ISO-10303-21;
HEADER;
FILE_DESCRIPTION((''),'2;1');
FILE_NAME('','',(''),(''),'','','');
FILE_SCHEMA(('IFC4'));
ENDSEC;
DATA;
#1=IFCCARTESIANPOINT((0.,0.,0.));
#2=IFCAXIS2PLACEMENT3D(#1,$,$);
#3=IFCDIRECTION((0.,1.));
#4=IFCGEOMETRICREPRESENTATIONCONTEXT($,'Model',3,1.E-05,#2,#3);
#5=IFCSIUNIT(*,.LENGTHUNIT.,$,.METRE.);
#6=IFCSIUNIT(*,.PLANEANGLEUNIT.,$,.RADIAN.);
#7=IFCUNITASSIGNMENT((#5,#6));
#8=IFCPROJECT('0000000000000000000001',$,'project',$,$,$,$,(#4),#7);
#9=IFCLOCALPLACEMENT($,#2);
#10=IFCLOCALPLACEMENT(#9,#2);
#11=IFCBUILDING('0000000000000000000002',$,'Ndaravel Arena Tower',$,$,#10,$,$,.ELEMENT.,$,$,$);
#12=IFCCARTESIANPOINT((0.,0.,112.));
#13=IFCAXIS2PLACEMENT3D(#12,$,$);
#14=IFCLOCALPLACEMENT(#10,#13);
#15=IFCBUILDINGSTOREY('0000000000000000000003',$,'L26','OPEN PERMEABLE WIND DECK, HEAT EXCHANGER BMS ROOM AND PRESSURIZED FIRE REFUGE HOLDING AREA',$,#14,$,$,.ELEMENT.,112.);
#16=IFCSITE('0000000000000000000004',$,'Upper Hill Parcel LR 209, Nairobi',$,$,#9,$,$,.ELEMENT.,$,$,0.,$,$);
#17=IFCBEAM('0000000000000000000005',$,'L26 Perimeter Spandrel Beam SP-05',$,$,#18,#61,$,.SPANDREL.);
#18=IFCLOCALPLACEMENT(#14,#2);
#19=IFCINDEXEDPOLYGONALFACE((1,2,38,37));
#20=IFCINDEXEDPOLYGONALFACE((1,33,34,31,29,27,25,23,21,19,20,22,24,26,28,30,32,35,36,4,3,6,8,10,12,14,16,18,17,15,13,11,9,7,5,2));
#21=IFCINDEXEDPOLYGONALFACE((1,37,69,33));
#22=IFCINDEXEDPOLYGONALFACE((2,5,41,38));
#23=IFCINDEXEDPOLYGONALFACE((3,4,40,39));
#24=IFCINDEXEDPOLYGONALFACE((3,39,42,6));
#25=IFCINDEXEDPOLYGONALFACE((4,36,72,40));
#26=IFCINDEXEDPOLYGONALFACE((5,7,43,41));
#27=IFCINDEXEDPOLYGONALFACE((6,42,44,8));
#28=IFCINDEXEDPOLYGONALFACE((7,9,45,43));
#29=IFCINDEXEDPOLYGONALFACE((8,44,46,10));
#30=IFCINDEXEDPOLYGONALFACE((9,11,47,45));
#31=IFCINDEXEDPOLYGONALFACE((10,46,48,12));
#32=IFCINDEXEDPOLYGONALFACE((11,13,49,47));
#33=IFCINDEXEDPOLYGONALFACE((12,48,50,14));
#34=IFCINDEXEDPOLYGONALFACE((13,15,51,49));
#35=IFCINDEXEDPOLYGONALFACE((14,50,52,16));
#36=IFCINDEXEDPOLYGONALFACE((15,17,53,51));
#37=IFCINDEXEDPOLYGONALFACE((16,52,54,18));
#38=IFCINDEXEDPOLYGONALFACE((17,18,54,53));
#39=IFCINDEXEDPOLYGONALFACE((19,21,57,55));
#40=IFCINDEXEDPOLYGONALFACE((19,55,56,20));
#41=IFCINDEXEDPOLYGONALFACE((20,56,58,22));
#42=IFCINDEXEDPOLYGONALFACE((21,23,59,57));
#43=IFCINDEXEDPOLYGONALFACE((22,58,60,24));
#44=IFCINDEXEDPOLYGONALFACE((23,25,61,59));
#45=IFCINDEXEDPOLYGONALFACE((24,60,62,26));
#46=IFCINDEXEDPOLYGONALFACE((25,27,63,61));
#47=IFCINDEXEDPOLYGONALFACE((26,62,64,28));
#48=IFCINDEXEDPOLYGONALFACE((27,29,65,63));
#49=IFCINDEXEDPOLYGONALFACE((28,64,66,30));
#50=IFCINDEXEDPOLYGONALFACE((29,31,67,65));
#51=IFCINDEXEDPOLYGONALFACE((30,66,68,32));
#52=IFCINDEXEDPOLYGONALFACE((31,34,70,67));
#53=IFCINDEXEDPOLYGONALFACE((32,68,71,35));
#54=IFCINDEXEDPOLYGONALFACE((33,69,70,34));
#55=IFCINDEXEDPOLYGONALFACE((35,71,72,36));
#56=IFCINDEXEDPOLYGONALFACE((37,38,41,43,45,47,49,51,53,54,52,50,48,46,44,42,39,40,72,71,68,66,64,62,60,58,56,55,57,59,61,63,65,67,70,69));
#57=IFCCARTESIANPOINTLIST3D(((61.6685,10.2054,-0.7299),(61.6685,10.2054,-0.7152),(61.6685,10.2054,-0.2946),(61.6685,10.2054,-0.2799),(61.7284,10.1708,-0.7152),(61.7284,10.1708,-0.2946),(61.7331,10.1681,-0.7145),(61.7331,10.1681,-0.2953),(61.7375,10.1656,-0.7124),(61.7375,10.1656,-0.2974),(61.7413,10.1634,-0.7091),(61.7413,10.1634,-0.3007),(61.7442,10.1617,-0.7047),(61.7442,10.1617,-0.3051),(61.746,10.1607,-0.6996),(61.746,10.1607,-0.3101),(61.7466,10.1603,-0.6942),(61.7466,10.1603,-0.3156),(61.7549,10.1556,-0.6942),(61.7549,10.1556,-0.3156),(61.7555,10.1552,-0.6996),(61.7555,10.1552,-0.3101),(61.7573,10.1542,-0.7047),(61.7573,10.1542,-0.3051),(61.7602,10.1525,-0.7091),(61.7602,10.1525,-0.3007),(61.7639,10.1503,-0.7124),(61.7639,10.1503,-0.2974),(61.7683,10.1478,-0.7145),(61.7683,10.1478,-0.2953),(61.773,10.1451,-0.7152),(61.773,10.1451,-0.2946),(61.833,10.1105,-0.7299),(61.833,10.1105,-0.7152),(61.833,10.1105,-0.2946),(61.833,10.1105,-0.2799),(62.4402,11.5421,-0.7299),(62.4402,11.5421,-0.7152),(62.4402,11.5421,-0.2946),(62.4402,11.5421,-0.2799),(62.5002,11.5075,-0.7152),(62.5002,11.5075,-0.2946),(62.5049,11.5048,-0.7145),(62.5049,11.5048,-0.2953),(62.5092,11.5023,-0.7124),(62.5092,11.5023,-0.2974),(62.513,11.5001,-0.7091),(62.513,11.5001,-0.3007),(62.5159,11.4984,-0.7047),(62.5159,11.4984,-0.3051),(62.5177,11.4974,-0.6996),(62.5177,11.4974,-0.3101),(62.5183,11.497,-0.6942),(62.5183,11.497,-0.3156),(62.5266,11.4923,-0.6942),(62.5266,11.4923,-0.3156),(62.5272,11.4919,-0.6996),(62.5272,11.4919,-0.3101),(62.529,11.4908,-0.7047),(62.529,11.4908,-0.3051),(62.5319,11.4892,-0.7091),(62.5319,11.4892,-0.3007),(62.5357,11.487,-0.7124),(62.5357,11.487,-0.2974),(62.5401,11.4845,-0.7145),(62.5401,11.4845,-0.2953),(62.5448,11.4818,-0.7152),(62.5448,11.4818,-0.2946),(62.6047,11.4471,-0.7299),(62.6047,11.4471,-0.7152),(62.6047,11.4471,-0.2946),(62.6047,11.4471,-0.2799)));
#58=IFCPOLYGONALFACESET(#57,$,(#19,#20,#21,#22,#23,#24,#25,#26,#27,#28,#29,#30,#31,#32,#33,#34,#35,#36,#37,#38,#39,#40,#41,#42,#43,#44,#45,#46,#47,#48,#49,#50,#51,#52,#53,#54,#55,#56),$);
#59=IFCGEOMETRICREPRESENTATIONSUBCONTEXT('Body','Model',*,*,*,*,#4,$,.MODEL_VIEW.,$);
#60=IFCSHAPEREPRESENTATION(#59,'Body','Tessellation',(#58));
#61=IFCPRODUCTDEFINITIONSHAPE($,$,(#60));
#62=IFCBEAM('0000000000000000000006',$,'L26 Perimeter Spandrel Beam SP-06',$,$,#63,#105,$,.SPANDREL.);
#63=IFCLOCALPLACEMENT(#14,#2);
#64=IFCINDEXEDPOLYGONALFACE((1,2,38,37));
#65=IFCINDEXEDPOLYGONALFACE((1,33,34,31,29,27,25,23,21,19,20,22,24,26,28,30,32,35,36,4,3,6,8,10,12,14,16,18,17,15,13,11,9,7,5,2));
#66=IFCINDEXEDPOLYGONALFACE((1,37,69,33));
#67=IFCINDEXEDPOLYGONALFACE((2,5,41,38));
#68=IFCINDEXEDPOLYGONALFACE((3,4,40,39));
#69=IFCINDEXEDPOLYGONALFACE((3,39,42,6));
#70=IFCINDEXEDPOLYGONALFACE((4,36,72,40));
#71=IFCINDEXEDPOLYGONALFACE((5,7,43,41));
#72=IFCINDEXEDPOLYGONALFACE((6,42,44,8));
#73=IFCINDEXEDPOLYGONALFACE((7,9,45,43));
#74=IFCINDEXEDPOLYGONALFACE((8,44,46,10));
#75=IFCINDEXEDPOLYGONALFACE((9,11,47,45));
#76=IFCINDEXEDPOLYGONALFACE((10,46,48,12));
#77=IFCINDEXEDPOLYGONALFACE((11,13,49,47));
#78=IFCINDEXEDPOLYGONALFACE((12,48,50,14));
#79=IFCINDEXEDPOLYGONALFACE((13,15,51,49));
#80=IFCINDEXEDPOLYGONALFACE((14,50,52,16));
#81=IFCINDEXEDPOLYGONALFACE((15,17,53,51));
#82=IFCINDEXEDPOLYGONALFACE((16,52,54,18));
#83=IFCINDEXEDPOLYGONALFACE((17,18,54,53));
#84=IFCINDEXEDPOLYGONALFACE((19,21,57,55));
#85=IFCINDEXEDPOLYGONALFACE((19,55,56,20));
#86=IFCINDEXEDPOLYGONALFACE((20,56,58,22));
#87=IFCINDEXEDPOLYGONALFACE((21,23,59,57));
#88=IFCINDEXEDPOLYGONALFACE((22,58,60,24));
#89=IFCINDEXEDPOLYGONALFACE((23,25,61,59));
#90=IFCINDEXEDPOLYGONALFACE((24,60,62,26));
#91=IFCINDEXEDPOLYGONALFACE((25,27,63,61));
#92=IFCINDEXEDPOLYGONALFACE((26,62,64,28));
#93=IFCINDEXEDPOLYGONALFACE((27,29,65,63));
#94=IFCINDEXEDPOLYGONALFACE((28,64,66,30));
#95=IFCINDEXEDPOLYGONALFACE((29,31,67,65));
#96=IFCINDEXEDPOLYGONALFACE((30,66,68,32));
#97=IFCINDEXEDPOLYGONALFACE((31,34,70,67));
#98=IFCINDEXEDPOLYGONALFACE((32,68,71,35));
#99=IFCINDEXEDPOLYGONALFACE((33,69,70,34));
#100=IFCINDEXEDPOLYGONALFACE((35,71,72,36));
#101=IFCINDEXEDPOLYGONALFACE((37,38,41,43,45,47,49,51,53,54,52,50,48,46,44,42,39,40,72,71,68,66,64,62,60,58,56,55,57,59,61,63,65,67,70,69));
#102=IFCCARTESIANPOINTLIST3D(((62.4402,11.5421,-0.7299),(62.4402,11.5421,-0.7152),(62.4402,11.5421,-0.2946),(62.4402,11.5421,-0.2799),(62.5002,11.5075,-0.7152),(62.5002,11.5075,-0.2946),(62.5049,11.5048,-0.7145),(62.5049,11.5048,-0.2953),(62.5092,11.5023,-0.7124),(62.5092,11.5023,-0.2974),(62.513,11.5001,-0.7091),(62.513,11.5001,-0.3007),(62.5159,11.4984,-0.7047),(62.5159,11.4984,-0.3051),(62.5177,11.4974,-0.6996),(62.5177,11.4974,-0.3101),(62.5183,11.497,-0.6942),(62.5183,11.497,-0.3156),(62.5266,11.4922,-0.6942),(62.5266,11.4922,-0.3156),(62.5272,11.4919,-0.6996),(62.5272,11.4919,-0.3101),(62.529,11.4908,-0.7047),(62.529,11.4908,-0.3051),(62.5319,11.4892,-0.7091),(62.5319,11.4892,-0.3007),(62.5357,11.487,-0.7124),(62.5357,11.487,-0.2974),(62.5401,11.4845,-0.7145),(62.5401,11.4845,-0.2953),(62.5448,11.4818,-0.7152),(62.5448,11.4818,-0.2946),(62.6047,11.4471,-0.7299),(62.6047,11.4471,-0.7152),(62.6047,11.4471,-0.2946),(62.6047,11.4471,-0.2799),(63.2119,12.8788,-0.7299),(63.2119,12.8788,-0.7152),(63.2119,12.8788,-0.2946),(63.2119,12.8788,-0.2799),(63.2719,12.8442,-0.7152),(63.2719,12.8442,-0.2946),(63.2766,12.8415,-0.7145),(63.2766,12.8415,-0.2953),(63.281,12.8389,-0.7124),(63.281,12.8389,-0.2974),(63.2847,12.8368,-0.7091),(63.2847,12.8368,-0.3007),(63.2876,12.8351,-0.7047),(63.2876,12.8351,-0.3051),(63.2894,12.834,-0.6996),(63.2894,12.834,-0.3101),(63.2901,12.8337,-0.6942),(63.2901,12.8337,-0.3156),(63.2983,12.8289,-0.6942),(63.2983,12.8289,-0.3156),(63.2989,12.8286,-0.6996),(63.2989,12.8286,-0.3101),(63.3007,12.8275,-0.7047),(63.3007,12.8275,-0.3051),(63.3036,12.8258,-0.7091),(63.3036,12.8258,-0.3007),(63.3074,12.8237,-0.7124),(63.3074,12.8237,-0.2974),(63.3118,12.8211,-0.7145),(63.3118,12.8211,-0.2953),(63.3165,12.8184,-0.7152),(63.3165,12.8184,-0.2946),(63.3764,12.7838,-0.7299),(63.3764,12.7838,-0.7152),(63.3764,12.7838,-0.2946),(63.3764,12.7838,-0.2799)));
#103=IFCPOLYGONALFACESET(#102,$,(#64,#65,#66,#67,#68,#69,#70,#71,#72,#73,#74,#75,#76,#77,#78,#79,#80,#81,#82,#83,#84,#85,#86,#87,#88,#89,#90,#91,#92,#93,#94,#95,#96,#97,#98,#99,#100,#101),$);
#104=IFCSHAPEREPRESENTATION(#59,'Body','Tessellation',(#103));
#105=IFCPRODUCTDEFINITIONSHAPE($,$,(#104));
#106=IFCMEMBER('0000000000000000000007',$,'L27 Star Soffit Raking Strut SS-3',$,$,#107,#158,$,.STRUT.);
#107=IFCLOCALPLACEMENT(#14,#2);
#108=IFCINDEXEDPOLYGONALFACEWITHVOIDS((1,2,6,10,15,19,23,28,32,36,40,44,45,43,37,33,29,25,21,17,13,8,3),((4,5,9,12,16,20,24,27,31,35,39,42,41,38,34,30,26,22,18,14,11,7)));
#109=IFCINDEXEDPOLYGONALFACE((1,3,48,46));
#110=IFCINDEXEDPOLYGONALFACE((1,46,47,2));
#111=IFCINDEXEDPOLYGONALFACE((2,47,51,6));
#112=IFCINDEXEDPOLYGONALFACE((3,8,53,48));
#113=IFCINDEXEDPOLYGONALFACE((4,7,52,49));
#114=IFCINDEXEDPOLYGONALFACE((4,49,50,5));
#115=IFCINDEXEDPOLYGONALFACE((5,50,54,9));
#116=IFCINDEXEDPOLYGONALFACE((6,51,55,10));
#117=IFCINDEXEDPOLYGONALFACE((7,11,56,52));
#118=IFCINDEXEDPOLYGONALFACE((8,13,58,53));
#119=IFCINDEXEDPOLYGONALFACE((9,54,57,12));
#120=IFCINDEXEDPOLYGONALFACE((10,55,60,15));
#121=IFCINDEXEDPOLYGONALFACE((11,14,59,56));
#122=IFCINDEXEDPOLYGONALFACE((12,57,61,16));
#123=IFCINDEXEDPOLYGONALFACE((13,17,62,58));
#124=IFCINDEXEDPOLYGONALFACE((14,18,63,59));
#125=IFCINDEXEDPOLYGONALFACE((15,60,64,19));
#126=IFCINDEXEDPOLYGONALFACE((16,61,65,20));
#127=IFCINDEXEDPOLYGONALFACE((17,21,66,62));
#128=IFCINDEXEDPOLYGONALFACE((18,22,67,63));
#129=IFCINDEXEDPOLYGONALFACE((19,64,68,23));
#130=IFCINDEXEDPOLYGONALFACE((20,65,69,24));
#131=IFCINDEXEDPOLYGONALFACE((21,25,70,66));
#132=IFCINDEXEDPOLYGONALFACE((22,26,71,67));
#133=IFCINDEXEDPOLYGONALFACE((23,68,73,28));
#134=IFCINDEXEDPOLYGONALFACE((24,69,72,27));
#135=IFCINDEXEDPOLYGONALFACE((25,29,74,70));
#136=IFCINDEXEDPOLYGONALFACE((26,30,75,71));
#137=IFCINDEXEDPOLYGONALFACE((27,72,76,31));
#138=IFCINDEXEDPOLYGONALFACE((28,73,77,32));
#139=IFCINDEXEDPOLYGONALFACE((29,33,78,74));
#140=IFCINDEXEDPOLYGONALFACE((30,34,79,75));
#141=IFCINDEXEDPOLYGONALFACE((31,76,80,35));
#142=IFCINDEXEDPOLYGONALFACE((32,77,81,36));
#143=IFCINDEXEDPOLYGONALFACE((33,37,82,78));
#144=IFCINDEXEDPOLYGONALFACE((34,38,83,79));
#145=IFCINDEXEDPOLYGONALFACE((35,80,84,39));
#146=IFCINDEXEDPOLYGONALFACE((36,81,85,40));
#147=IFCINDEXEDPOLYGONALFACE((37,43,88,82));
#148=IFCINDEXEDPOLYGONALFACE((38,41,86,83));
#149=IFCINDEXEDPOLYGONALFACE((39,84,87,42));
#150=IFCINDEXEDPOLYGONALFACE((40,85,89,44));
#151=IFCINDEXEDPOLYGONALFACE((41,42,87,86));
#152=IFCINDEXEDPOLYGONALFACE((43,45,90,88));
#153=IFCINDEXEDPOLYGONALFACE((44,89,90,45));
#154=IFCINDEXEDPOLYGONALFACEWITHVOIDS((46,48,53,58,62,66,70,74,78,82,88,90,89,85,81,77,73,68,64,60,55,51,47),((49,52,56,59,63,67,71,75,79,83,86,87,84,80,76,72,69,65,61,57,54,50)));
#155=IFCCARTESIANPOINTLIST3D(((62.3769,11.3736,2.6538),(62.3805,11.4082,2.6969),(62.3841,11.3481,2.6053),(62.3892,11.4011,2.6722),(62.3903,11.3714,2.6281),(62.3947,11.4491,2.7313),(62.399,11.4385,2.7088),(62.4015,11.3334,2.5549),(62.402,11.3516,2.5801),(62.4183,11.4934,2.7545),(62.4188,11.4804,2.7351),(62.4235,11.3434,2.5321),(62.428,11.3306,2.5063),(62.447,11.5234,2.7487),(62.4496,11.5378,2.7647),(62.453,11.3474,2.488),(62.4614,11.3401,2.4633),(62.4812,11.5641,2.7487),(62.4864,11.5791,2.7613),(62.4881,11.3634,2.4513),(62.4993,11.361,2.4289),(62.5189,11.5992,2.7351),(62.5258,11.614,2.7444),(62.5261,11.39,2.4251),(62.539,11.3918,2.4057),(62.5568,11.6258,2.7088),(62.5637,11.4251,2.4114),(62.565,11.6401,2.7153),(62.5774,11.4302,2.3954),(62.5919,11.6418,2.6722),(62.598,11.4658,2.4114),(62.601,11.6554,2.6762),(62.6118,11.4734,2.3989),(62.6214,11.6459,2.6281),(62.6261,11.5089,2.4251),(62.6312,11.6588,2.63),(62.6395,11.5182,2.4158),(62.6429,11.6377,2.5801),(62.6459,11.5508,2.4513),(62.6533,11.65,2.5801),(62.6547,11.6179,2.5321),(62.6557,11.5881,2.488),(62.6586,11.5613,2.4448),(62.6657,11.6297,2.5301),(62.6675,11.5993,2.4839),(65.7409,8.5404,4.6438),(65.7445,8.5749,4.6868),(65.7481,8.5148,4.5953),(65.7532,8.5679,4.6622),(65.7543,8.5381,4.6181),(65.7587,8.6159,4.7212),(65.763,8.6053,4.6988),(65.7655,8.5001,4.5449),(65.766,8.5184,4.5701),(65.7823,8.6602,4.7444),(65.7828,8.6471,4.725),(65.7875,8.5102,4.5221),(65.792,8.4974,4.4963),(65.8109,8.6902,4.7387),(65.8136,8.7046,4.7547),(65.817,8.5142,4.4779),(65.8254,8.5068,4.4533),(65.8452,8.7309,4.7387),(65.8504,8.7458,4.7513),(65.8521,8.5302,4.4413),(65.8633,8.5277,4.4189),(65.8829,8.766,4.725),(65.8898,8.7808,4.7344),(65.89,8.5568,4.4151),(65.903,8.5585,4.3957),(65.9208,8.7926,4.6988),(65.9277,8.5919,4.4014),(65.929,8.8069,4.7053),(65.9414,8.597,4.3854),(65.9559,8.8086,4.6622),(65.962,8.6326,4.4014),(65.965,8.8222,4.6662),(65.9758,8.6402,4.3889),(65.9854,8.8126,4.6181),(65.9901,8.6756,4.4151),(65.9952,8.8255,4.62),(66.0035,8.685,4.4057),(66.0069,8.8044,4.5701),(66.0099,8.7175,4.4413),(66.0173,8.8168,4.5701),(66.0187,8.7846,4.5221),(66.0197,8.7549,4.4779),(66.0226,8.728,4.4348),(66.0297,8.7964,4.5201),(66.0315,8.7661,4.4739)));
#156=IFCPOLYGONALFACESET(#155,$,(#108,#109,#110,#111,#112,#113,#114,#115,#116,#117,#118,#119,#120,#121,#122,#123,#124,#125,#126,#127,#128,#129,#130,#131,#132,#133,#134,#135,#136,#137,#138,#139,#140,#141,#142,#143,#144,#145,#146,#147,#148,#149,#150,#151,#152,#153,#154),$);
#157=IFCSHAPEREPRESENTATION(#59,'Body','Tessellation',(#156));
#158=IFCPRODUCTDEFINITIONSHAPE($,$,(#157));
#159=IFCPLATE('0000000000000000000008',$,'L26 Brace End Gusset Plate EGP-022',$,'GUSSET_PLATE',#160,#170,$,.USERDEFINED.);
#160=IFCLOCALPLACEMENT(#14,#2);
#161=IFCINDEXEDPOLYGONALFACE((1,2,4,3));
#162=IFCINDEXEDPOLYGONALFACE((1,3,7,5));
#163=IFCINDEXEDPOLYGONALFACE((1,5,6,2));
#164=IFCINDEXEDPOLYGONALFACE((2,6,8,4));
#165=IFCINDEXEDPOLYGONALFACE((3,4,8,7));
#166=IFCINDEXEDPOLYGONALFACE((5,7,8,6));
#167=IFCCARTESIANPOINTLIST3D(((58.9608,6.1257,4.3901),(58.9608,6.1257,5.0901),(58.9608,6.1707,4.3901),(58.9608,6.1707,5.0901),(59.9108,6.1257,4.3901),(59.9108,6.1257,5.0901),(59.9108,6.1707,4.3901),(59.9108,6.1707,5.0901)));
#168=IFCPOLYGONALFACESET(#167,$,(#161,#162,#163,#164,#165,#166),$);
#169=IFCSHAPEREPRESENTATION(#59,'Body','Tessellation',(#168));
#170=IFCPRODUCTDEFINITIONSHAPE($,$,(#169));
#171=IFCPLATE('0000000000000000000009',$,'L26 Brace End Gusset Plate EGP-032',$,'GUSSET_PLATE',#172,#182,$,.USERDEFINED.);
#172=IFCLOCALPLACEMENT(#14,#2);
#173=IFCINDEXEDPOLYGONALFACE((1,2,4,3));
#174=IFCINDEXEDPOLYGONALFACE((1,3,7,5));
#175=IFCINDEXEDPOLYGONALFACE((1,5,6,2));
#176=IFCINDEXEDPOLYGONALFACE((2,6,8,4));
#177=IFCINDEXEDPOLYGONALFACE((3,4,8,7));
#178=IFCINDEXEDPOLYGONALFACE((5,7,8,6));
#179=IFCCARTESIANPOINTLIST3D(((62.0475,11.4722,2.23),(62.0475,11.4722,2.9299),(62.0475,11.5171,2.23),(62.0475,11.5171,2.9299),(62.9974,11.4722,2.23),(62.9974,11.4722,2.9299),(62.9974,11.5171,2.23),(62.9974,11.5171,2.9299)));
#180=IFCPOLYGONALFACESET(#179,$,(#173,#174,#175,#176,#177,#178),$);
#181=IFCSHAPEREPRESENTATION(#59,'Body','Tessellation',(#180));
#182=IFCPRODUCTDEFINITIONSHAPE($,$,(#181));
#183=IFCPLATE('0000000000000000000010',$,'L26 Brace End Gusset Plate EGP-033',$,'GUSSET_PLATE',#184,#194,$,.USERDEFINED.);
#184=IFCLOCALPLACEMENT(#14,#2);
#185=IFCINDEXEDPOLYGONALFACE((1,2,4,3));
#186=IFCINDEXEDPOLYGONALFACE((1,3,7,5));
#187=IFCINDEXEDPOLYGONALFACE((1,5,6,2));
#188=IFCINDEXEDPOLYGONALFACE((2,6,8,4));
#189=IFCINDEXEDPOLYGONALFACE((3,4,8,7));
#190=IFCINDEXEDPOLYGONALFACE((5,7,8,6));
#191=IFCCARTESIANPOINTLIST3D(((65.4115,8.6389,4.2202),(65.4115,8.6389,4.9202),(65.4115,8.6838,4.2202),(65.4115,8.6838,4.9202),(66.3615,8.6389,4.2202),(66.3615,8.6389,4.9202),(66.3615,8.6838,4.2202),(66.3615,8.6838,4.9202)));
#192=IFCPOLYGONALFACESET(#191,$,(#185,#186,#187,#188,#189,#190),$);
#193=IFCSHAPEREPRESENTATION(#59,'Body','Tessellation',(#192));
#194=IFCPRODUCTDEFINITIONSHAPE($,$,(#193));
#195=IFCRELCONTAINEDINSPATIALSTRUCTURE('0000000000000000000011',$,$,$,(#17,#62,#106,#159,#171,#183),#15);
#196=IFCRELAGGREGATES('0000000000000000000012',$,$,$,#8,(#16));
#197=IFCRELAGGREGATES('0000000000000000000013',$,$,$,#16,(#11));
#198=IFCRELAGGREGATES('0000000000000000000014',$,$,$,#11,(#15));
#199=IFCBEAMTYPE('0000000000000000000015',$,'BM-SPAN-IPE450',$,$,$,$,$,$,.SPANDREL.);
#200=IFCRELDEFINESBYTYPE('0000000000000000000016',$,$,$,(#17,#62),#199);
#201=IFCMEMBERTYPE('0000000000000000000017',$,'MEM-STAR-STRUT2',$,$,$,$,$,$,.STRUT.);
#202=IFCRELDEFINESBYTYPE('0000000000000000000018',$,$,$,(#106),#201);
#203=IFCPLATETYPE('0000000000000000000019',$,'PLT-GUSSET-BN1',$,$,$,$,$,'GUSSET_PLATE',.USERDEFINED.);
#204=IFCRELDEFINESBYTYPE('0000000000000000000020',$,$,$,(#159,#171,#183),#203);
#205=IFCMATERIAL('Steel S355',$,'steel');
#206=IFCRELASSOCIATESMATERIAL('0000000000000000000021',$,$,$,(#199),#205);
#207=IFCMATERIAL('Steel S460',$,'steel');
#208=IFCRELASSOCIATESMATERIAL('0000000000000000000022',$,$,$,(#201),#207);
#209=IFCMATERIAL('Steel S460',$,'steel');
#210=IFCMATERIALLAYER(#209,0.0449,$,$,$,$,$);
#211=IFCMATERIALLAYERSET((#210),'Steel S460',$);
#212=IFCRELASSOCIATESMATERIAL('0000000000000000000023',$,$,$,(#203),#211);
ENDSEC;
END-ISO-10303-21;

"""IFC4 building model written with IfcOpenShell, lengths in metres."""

from ifc_helpers import new_model, si_unit, direction, frame, origin, origin_2d, place, context, subcontext, project, spatial, rectangle, hollow_circle, i_section, extrude, material, layer, layer_set, material_profile, profile_set, type_object, element, save


model = new_model("IFC4")

# Units and contexts
model_context = context("Model", 3, precision=1e-05, world=origin(), true_north=direction((0.0, 1.0)))
body_context = subcontext(model_context, "Body", "Model", "MODEL_VIEW")
ifc_project = project(units=[si_unit("LENGTHUNIT", "METRE"), si_unit("PLANEANGLEUNIT", "RADIAN")], contexts=[model_context])

# Site, building, storey
site_placement = place(None, origin())
site = spatial("IfcSite", under=ifc_project, at=site_placement, Name="Upper Hill Parcel LR 209, Nairobi", CompositionType="ELEMENT", RefElevation=0.0)
building_placement = place(site_placement, origin())
building = spatial("IfcBuilding", under=site, at=building_placement, Name="Ndaravel Arena Tower", CompositionType="ELEMENT")
storey_placement = place(building_placement, frame((0.0, 0.0, 112.0)))
storey = spatial("IfcBuildingStorey", under=building, at=storey_placement, Name="L26", Description="OPEN PERMEABLE WIND DECK, HEAT EXCHANGER BMS ROOM AND PRESSURIZED FIRE REFUGE HOLDING AREA", CompositionType="ELEMENT", Elevation=112.0)

# Beams
ifc_material_1 = material(Name="Steel S355", Category="steel")
ifc_material_profile_1 = material_profile(ifc_material_1, i_section(OverallWidth=0.1899, OverallDepth=0.45, WebThickness=0.0095, FlangeThickness=0.0146, FilletRadius=0.021, at=origin_2d()), Name="IPE 450")
ifc_profile_set_1 = profile_set([ifc_material_profile_1], Name="Steel S355")
beam_type = type_object("IfcBeamType", Name="BM-SPAN-IPE450", PredefinedType="SPANDREL", material=ifc_profile_set_1)
for number, where, z_axis, x_axis, name in (
    (1, (61.7507, 10.158, -0.5049), (0.500001, 0.866025, 0.0), (-0.866025, 0.500001, 0.0), "L26 Perimeter Spandrel Beam SP-05"),
    (2, (62.5225, 11.4946, -0.5049), (0.500001, 0.866025, 0.0), (-0.866025, 0.500001, 0.0), "L26 Perimeter Spandrel Beam SP-06"),
):
    element("IfcBeam", number, at=place(storey_placement, frame(where, z_axis=z_axis, x_axis=x_axis)), inside=storey, type_object=beam_type, Name=name, PredefinedType="SPANDREL", context=body_context, shape_type="SweptSolid", body=[
        extrude(i_section(OverallWidth=0.1899, OverallDepth=0.45, WebThickness=0.0095, FlangeThickness=0.0146, FilletRadius=0.021, at=origin_2d()), origin(), (0.0, 0.0, 1.0), 1.5435),
    ])

# Member
ifc_material_2 = material(Name="Steel S460", Category="steel")
ifc_material_profile_2 = material_profile(ifc_material_2, hollow_circle(Radius=0.2031, WallThickness=0.0161, at=origin_2d()), Name="CHS 406.4x16")
ifc_profile_set_2 = profile_set([ifc_material_profile_2], Name="Steel S460")
member_type = type_object("IfcMemberType", Name="MEM-STAR-STRUT2", PredefinedType="STRUT", material=ifc_profile_set_2)
member_placement = place(storey_placement, frame((62.5225, 11.4946, 2.5801), z_axis=(0.696856, -0.586908, 0.412227), x_axis=(0.644189, 0.764867, 0.0)))
element("IfcMember", 3, at=member_placement, inside=storey, type_object=member_type, Name="L27 Star Soffit Raking Strut SS-3", PredefinedType="STRUT", context=body_context, shape_type="SweptSolid", body=[
    extrude(hollow_circle(Radius=0.2031, WallThickness=0.0161, at=origin_2d()), origin(), (0.0, 0.0, 1.0), 4.8274),
])

# Plates
ifc_material_3 = material(Name="Steel S460", Category="steel")
ifc_layer_1 = layer(ifc_material_3, 0.0449)
ifc_layer_set_1 = layer_set([ifc_layer_1], Name="Steel S460")
plate_type = type_object("IfcPlateType", Name="PLT-GUSSET-BN1", ElementType="GUSSET_PLATE", PredefinedType="USERDEFINED", material=ifc_layer_set_1)
for number, where, z_axis, x_axis, name in (
    (4, (59.4358, 6.1482, 4.3901), (0.0, 0.0, 1.0), (1.0, 0.0, 0.0), "L26 Brace End Gusset Plate EGP-022"),
    (5, (62.5225, 11.4946, 2.23), (0.0, 0.0, 1.0), (1.0, 0.0, 0.0), "L26 Brace End Gusset Plate EGP-032"),
    (6, (65.8865, 8.6614, 4.2202), (0.0, 0.0, 1.0), (1.0, 0.0, 0.0), "L26 Brace End Gusset Plate EGP-033"),
):
    element("IfcPlate", number, at=place(storey_placement, frame(where, z_axis=z_axis, x_axis=x_axis)), inside=storey, type_object=plate_type, Name=name, ObjectType="GUSSET_PLATE", PredefinedType="USERDEFINED", context=body_context, shape_type="SweptSolid", body=[
        extrude(rectangle(XDim=0.95, YDim=0.0449, at=origin_2d()), origin(), (0.0, 0.0, 1.0), 0.7),
    ])

save(model, "model.ifc")
